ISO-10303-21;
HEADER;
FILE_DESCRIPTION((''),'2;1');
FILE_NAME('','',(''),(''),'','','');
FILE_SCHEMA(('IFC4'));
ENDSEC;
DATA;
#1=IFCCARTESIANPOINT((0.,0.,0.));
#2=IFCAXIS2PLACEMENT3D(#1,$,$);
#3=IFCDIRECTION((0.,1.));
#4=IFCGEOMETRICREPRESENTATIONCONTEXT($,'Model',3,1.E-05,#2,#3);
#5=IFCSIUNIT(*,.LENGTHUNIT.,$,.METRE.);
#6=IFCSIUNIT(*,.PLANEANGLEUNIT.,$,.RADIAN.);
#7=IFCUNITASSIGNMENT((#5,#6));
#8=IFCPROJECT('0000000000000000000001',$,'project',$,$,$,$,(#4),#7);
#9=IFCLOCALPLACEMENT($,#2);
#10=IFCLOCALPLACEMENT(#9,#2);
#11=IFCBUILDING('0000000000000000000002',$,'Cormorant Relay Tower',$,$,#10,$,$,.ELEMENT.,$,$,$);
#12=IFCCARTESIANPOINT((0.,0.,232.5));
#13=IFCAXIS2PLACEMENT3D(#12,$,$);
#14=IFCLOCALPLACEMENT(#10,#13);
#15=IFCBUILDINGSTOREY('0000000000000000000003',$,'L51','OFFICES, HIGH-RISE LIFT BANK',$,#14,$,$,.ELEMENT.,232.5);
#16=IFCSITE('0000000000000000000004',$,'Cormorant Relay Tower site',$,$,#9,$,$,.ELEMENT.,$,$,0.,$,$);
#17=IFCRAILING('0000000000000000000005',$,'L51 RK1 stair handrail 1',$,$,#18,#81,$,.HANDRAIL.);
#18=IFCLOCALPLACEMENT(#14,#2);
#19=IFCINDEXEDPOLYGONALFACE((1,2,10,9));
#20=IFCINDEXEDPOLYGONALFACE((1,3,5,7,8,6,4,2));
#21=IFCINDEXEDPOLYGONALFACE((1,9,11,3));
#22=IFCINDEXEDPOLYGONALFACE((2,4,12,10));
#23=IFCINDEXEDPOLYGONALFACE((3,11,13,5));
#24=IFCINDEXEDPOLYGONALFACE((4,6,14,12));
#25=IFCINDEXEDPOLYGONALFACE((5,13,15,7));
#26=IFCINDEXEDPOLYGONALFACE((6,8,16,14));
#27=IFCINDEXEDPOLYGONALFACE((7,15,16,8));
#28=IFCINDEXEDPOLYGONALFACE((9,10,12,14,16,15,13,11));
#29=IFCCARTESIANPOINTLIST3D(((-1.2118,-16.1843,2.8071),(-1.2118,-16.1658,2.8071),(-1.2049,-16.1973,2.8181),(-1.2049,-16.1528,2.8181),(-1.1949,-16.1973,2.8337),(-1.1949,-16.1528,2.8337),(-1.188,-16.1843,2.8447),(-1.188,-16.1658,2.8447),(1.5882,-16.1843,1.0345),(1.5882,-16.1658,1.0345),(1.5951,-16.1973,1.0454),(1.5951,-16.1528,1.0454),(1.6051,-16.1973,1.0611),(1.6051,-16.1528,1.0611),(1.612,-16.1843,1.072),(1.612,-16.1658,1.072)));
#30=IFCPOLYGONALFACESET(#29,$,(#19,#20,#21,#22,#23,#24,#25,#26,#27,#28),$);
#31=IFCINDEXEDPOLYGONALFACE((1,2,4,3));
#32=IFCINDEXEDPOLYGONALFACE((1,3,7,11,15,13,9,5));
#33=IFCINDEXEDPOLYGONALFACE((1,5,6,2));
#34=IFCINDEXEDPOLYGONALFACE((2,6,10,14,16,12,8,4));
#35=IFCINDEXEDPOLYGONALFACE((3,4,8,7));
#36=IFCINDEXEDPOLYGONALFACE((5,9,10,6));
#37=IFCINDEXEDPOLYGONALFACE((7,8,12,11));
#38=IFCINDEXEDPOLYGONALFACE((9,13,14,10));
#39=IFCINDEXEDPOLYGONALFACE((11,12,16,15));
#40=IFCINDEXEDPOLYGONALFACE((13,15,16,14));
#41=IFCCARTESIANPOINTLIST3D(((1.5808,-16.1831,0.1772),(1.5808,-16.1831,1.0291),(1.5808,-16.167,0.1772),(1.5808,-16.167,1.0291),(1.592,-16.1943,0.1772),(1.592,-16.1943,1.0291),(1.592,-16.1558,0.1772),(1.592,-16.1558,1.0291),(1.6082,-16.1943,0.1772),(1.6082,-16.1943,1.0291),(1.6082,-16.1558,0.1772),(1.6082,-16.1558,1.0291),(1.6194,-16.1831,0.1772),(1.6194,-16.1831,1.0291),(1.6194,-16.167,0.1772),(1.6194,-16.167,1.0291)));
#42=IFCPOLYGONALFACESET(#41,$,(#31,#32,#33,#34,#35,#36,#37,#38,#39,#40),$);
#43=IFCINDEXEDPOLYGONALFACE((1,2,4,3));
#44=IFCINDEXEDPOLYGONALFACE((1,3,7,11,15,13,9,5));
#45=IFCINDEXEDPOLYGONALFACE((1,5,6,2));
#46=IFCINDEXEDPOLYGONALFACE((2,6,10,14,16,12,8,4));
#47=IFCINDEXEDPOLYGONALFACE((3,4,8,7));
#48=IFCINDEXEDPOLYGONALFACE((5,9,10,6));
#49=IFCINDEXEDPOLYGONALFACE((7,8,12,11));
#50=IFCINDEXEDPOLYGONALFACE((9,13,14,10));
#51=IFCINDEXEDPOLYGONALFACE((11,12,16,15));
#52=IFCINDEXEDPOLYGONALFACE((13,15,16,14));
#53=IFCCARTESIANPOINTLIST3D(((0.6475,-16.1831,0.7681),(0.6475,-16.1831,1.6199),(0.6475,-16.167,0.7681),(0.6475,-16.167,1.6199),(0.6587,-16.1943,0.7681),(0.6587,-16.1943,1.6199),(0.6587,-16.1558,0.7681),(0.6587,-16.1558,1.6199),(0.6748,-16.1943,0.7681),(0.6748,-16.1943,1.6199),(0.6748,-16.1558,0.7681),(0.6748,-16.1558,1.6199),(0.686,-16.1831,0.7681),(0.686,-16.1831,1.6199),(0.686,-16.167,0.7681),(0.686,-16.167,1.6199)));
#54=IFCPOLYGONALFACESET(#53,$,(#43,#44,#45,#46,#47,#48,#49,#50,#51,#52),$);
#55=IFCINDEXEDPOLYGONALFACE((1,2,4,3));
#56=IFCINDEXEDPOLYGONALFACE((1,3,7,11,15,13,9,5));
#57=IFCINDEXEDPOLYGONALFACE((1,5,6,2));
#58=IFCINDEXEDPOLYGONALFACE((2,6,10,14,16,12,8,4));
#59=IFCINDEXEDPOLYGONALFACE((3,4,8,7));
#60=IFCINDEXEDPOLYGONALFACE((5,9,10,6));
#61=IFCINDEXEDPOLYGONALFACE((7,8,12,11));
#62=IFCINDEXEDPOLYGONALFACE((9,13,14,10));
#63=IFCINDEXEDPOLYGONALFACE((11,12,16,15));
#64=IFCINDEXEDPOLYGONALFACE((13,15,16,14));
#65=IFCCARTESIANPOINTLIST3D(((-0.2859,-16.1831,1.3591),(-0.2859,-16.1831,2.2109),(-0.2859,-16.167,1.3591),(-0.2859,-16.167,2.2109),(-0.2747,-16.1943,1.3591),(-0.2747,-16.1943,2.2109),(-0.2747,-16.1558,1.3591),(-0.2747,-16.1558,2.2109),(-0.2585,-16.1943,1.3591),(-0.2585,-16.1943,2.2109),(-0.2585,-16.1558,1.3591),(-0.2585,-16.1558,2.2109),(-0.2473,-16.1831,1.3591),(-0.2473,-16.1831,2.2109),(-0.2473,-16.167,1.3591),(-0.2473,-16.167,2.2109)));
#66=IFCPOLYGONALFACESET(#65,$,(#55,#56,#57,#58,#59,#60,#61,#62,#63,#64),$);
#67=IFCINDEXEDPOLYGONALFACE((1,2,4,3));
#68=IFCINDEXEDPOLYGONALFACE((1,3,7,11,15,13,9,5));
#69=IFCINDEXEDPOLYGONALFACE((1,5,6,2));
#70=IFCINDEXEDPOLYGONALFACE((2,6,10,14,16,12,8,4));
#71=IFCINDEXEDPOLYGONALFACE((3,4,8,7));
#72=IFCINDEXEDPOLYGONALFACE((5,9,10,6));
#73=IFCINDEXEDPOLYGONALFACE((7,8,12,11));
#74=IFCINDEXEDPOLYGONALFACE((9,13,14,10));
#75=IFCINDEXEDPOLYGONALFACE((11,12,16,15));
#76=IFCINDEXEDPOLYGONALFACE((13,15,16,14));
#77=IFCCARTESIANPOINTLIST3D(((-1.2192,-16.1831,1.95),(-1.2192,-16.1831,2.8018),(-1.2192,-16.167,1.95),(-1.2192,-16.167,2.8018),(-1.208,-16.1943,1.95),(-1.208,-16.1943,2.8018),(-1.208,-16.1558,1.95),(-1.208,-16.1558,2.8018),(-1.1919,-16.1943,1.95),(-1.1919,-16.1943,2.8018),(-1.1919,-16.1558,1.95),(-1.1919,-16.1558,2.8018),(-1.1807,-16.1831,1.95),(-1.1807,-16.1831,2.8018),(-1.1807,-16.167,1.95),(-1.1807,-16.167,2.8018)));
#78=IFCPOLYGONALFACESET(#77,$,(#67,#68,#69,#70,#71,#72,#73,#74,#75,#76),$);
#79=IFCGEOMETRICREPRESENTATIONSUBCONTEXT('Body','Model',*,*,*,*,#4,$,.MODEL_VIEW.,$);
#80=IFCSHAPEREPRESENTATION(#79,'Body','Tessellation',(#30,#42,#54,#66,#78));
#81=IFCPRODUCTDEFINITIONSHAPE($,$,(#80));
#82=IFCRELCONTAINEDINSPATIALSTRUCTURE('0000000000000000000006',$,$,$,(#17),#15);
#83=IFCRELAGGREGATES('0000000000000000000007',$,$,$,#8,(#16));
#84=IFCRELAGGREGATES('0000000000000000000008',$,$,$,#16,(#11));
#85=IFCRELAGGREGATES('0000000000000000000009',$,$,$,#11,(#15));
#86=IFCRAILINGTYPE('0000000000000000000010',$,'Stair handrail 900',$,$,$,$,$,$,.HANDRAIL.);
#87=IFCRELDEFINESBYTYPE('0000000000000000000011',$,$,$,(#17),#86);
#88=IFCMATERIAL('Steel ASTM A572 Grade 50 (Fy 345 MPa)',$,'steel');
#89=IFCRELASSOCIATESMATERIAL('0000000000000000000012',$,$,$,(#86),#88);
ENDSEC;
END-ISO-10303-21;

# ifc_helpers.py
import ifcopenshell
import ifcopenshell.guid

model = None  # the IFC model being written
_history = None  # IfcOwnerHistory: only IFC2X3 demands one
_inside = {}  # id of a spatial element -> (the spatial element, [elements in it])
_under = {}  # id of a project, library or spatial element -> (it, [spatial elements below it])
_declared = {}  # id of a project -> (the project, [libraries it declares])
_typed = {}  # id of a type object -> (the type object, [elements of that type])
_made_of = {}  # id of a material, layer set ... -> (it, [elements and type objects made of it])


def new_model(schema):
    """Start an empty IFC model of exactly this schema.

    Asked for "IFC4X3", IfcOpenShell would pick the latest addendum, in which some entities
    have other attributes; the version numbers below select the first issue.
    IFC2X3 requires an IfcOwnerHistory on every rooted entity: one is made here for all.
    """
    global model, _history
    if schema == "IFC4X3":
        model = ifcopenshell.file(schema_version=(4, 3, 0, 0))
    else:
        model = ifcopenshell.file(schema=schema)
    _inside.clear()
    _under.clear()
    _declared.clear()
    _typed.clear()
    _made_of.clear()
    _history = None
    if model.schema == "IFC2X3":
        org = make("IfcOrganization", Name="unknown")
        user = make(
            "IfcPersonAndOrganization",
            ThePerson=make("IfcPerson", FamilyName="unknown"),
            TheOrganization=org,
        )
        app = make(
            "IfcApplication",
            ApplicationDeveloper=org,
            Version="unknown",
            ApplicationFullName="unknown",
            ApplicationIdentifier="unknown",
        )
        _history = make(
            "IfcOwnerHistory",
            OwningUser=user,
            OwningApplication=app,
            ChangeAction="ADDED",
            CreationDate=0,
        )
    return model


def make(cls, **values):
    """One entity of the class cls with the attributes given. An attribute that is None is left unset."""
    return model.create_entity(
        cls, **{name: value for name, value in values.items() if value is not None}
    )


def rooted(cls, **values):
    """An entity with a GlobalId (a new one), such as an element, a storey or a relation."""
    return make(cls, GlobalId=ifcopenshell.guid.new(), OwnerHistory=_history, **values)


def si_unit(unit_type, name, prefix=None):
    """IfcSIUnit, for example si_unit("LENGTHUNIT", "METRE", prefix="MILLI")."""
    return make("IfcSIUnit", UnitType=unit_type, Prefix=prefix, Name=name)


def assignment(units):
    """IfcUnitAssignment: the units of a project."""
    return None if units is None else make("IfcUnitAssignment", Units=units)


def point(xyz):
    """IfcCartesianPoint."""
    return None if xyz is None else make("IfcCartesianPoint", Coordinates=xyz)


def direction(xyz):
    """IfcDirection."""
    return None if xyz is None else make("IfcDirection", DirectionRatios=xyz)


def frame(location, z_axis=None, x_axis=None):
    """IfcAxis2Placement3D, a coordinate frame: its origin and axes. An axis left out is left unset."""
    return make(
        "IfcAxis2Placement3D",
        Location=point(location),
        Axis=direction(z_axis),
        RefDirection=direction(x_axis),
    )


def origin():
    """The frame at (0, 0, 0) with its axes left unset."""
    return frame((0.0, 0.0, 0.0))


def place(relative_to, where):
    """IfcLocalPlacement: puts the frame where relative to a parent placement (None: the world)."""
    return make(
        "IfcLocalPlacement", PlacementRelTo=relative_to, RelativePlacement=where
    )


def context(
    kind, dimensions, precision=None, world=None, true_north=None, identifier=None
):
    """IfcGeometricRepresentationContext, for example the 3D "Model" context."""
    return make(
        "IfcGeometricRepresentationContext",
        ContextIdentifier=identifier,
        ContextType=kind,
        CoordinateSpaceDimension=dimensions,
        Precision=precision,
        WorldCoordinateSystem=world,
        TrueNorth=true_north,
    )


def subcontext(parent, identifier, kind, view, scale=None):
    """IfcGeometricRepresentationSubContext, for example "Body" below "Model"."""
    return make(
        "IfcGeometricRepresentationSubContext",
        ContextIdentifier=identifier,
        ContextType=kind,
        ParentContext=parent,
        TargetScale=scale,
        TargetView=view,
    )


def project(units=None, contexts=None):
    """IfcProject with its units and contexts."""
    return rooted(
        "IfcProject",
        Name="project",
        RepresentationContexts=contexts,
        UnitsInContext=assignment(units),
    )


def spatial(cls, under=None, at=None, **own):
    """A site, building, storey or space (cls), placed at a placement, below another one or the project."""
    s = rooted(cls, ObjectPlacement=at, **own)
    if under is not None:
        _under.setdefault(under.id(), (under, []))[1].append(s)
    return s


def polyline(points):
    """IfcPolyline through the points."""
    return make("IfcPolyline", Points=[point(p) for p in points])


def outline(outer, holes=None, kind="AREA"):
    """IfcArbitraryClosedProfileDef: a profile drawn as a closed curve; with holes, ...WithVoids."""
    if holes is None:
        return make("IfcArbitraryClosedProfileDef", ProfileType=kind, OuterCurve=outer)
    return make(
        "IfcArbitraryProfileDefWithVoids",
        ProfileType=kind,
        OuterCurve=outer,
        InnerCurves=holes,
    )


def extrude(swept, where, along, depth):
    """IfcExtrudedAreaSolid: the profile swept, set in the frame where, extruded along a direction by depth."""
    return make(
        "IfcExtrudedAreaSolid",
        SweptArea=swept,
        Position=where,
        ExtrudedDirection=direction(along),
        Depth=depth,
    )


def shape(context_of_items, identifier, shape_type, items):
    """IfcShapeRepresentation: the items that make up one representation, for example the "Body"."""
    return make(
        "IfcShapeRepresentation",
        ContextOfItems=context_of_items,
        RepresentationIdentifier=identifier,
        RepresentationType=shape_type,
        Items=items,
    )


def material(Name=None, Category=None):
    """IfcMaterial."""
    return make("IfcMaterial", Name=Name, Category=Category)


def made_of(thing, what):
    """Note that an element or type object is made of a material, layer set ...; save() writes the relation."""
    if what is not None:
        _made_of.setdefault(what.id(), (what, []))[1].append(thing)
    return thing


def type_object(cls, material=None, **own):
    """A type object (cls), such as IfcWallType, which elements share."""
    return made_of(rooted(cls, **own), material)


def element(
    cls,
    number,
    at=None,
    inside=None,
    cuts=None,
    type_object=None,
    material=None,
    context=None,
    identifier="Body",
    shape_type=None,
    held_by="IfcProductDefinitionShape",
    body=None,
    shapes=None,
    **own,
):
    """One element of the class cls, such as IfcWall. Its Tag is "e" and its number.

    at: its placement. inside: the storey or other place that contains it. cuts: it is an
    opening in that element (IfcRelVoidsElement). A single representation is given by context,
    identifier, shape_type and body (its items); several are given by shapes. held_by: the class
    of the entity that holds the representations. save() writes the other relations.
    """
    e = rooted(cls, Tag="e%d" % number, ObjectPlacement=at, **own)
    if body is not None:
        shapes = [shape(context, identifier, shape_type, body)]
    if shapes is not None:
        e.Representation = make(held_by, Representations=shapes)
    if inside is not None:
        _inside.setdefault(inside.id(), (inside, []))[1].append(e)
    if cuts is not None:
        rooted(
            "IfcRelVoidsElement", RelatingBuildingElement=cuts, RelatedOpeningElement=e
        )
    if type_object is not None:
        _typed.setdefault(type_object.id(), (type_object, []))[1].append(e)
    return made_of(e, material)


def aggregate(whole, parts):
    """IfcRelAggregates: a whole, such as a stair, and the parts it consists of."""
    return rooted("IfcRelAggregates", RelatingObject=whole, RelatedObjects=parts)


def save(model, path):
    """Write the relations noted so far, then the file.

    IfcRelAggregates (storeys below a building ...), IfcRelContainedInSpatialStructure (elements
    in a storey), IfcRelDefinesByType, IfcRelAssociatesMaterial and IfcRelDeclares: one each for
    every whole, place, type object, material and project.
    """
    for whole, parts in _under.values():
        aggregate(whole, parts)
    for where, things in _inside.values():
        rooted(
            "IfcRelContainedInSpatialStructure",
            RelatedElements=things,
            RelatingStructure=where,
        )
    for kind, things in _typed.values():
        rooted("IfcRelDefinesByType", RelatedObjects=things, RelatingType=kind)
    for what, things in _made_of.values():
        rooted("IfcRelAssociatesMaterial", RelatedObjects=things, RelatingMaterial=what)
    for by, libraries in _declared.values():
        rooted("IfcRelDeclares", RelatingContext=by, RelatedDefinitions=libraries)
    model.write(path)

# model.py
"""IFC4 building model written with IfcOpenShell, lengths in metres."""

from ifc_helpers import new_model, si_unit, direction, frame, origin, place, context, subcontext, project, spatial, polyline, outline, extrude, material, type_object, element, save


model = new_model("IFC4")

# Units and contexts
model_context = context("Model", 3, precision=1e-05, world=origin(), true_north=direction((0.0, 1.0)))
body_context = subcontext(model_context, "Body", "Model", "MODEL_VIEW")
ifc_project = project(units=[si_unit("LENGTHUNIT", "METRE"), si_unit("PLANEANGLEUNIT", "RADIAN")], contexts=[model_context])

# Site, building, storey
site_placement = place(None, origin())
site = spatial("IfcSite", under=ifc_project, at=site_placement, Name="Cormorant Relay Tower site", CompositionType="ELEMENT", RefElevation=0.0)
building_placement = place(site_placement, origin())
building = spatial("IfcBuilding", under=site, at=building_placement, Name="Cormorant Relay Tower", CompositionType="ELEMENT")
storey_placement = place(building_placement, frame((0.0, 0.0, 232.5)))
storey = spatial("IfcBuildingStorey", under=building, at=storey_placement, Name="L51", Description="OFFICES, HIGH-RISE LIFT BANK", CompositionType="ELEMENT", Elevation=232.5)

# Railing
ifc_material_1 = material(Name="Steel ASTM A572 Grade 50 (Fy 345 MPa)", Category="steel")
railing_type = type_object("IfcRailingType", Name="Stair handrail 900", PredefinedType="HANDRAIL", material=ifc_material_1)
railing_placement = place(storey_placement, frame((1.6001, -16.175, 0.1772)))
element("IfcRailing", 1, at=railing_placement, inside=storey, type_object=railing_type, Name="L51 RK1 stair handrail 1", PredefinedType="HANDRAIL", context=body_context, shape_type="SweptSolid", body=[
    extrude(outline(polyline([(0.0222, 0.0093), (0.0093, 0.0222), (-0.0093, 0.0222), (-0.0222, 0.0093), (-0.0222, -0.0093), (-0.0093, -0.0222), (0.0093, -0.0222), (0.0222, -0.0093), (0.0222, 0.0093)])), frame((0.0, 0.0, 0.876), z_axis=(-0.844909, 0.0, 0.53491), x_axis=(0.0, -1.0, 0.0)), (0.0, 0.0, 1.0), 3.314),
    extrude(outline(polyline([(0.0193, 0.0081), (0.0081, 0.0193), (-0.0081, 0.0193), (-0.0193, 0.0081), (-0.0193, -0.0081), (-0.0081, -0.0193), (0.0081, -0.0193), (0.0193, -0.0081), (0.0193, 0.0081)])), origin(), (0.0, 0.0, 1.0), 0.8518),
    extrude(outline(polyline([(0.0193, 0.0081), (0.0081, 0.0193), (-0.0081, 0.0193), (-0.0193, 0.0081), (-0.0193, -0.0081), (-0.0081, -0.0193), (0.0081, -0.0193), (0.0193, -0.0081), (0.0193, 0.0081)])), frame((-0.9333, 0.0, 0.5908)), (0.0, 0.0, 1.0), 0.8518),
    extrude(outline(polyline([(0.0193, 0.0081), (0.0081, 0.0193), (-0.0081, 0.0193), (-0.0193, 0.0081), (-0.0193, -0.0081), (-0.0081, -0.0193), (0.0081, -0.0193), (0.0193, -0.0081), (0.0193, 0.0081)])), frame((-1.8667, 0.0, 1.1819)), (0.0, 0.0, 1.0), 0.8518),
    extrude(outline(polyline([(0.0193, 0.0081), (0.0081, 0.0193), (-0.0081, 0.0193), (-0.0193, 0.0081), (-0.0193, -0.0081), (-0.0081, -0.0193), (0.0081, -0.0193), (0.0193, -0.0081), (0.0193, 0.0081)])), frame((-2.8, 0.0, 1.7727)), (0.0, 0.0, 1.0), 0.8518),
])

save(model, "model.ifc")
